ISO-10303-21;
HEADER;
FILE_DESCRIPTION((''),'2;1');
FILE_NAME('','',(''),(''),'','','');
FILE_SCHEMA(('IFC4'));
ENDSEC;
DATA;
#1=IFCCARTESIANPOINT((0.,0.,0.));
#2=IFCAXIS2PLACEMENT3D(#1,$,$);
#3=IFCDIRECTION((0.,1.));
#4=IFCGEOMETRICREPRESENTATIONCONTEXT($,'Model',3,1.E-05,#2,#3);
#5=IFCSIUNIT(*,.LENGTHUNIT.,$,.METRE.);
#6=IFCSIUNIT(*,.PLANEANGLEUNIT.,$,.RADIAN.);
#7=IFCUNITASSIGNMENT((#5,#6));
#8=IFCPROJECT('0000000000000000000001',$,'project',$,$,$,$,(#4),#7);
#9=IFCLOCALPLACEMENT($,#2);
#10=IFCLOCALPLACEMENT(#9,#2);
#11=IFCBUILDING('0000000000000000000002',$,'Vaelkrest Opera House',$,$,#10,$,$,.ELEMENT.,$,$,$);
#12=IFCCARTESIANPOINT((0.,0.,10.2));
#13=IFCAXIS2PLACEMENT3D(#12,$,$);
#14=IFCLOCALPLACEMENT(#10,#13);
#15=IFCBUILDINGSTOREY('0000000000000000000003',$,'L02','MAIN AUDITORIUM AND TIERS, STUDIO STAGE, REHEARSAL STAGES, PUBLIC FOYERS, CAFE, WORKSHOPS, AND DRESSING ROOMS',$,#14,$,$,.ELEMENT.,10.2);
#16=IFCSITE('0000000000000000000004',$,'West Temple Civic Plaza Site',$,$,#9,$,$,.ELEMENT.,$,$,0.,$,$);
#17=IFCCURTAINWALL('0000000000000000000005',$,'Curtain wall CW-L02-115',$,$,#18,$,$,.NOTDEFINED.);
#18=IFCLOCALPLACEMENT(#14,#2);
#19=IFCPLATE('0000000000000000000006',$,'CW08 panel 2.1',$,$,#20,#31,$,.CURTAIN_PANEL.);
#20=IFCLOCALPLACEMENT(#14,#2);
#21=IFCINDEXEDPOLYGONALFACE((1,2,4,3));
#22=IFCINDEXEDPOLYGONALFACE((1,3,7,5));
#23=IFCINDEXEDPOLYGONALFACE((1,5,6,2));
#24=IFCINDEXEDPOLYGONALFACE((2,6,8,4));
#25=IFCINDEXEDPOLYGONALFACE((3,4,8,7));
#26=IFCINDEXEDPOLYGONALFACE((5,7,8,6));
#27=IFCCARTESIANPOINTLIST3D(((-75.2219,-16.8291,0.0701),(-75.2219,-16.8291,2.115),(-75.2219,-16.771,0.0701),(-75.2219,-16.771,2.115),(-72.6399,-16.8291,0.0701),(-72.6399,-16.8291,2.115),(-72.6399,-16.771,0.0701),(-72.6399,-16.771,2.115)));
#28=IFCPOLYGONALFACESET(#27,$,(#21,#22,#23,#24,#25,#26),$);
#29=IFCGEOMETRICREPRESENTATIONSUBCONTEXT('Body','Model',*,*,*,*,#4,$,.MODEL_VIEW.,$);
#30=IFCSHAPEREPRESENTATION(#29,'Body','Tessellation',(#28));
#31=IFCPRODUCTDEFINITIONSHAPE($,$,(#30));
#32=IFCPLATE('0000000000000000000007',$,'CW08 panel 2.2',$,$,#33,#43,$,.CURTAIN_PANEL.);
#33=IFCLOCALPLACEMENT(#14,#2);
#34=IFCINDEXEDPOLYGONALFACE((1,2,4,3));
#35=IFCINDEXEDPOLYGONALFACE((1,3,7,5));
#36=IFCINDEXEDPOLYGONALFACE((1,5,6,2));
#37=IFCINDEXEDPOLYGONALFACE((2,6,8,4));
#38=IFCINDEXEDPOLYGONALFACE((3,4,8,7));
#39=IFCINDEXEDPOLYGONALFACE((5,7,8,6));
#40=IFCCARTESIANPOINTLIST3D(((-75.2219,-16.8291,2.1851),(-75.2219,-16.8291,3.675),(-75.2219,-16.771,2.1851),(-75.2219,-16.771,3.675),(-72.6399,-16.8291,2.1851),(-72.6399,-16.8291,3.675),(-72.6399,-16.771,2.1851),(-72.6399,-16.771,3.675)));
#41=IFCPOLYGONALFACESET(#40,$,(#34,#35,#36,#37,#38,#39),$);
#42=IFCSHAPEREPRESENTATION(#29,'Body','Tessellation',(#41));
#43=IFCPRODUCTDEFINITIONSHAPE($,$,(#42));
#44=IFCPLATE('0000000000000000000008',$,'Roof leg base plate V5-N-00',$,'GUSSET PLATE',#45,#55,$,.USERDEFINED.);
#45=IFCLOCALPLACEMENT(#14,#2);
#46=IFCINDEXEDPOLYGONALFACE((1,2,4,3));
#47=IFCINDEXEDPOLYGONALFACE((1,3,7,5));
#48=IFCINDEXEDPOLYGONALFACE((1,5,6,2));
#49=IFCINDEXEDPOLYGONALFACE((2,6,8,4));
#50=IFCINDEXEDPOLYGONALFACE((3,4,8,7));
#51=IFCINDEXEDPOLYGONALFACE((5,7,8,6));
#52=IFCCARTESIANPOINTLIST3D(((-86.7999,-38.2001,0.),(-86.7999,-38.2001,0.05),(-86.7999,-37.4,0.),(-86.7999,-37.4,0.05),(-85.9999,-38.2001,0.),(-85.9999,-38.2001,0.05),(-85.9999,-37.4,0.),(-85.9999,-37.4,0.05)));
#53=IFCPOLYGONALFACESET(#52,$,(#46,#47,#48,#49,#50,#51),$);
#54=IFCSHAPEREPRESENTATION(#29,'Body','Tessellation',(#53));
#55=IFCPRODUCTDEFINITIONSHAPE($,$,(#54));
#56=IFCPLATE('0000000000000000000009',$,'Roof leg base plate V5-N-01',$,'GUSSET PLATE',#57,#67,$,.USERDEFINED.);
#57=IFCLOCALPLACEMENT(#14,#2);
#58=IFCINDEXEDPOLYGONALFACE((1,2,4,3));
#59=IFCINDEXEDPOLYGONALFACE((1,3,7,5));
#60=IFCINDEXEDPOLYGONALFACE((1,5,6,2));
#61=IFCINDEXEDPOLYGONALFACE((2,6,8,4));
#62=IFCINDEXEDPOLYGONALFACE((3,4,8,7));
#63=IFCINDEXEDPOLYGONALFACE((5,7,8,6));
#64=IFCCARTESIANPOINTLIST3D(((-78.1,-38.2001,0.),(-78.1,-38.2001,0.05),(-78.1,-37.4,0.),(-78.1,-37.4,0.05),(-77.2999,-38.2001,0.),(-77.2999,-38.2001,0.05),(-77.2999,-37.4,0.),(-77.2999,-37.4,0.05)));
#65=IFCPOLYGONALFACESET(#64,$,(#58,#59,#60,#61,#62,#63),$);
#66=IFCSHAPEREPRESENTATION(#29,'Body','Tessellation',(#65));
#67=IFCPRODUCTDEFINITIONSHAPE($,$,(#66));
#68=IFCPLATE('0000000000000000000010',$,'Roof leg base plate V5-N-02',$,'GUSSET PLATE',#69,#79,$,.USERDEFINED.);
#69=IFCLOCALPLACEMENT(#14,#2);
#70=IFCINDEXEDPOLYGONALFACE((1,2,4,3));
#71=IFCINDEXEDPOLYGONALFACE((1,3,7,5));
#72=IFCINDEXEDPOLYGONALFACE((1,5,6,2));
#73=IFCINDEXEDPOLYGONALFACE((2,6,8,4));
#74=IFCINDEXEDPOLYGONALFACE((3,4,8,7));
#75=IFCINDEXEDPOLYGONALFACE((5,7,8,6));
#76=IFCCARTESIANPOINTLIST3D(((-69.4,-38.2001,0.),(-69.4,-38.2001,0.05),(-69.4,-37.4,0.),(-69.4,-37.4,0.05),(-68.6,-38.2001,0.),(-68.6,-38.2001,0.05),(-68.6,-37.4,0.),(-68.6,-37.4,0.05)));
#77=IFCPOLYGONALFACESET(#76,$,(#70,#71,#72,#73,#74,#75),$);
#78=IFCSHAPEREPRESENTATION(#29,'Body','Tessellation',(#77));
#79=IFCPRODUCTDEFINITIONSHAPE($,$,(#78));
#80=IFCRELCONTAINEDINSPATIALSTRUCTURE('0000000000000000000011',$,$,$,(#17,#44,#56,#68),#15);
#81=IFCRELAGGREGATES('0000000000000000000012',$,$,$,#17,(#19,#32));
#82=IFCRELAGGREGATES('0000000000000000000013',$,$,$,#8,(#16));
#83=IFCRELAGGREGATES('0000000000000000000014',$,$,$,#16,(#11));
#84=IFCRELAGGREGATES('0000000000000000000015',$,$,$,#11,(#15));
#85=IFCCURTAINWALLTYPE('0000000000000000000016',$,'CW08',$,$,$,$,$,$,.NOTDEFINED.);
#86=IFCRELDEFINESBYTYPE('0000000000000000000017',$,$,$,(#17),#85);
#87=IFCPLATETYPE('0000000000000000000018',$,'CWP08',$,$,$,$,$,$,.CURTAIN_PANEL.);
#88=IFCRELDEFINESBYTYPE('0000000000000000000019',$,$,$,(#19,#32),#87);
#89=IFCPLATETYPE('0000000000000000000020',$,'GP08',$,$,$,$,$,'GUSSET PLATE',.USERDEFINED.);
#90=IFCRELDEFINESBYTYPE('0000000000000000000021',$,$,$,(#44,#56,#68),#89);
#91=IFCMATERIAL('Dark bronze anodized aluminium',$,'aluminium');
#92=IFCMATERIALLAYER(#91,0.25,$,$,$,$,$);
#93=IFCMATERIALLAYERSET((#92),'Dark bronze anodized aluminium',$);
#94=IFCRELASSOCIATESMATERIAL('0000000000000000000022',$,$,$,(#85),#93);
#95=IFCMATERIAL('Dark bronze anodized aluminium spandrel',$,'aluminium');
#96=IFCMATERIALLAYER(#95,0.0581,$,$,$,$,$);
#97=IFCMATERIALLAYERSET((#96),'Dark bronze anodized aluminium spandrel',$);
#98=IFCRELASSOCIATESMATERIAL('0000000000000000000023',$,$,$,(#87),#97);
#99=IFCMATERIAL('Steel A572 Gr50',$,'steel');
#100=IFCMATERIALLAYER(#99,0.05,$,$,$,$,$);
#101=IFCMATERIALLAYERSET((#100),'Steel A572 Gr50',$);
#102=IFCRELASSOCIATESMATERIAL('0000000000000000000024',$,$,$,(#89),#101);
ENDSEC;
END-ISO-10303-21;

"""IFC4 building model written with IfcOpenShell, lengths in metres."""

from ifc_helpers import new_model, si_unit, direction, frame, origin, origin_2d, place, context, subcontext, project, spatial, rectangle, extrude, material, layer, layer_set, type_object, element, aggregate, save


model = new_model("IFC4")

# Units and contexts
model_context = context("Model", 3, precision=1e-05, world=origin(), true_north=direction((0.0, 1.0)))
body_context = subcontext(model_context, "Body", "Model", "MODEL_VIEW")
ifc_project = project(units=[si_unit("LENGTHUNIT", "METRE"), si_unit("PLANEANGLEUNIT", "RADIAN")], contexts=[model_context])

# Site, building, storey
site_placement = place(None, origin())
site = spatial("IfcSite", under=ifc_project, at=site_placement, Name="West Temple Civic Plaza Site", CompositionType="ELEMENT", RefElevation=0.0)
building_placement = place(site_placement, origin())
building = spatial("IfcBuilding", under=site, at=building_placement, Name="Vaelkrest Opera House", CompositionType="ELEMENT")
storey_placement = place(building_placement, frame((0.0, 0.0, 10.2)))
storey = spatial("IfcBuildingStorey", under=building, at=storey_placement, Name="L02", Description="MAIN AUDITORIUM AND TIERS, STUDIO STAGE, REHEARSAL STAGES, PUBLIC FOYERS, CAFE, WORKSHOPS, AND DRESSING ROOMS", CompositionType="ELEMENT", Elevation=10.2)

# Curtain wall
ifc_material_1 = material(Name="Dark bronze anodized aluminium", Category="aluminium")
ifc_layer_1 = layer(ifc_material_1, 0.25)
ifc_layer_set_1 = layer_set([ifc_layer_1], Name="Dark bronze anodized aluminium")
curtain_wall_type = type_object("IfcCurtainWallType", Name="CW08", PredefinedType="NOTDEFINED", material=ifc_layer_set_1)
curtain_wall_placement = place(storey_placement, origin())
curtain_wall = element("IfcCurtainWall", 1, at=curtain_wall_placement, inside=storey, type_object=curtain_wall_type, Name="Curtain wall CW-L02-115", PredefinedType="NOTDEFINED")

# Plates
ifc_material_2 = material(Name="Dark bronze anodized aluminium spandrel", Category="aluminium")
ifc_layer_2 = layer(ifc_material_2, 0.0581)
ifc_layer_set_2 = layer_set([ifc_layer_2], Name="Dark bronze anodized aluminium spandrel")
plate_type_1 = type_object("IfcPlateType", Name="CWP08", PredefinedType="CURTAIN_PANEL", material=ifc_layer_set_2)
plate_1_placement = place(storey_placement, frame((-73.9309, -16.8, 0.0701), z_axis=(0.0, 0.0, 1.0), x_axis=(-1.0, 0.0, 0.0)))
plate_1 = element("IfcPlate", 2, at=plate_1_placement, type_object=plate_type_1, Name="CW08 panel 2.1", PredefinedType="CURTAIN_PANEL", context=body_context, shape_type="SweptSolid", body=[
    extrude(rectangle(XDim=2.582, YDim=0.0581, at=origin_2d()), origin(), (0.0, 0.0, 1.0), 2.0449),
])
plate_2_placement = place(storey_placement, frame((-73.9309, -16.8, 2.1851), z_axis=(0.0, 0.0, 1.0), x_axis=(-1.0, 0.0, 0.0)))
plate_2 = element("IfcPlate", 3, at=plate_2_placement, type_object=plate_type_1, Name="CW08 panel 2.2", PredefinedType="CURTAIN_PANEL", context=body_context, shape_type="SweptSolid", body=[
    extrude(rectangle(XDim=2.582, YDim=0.0581, at=origin_2d()), origin(), (0.0, 0.0, 1.0), 1.49),
])
aggregate(curtain_wall, [plate_1, plate_2])

# Plates
ifc_material_3 = material(Name="Steel A572 Gr50", Category="steel")
ifc_layer_3 = layer(ifc_material_3, 0.05)
ifc_layer_set_3 = layer_set([ifc_layer_3], Name="Steel A572 Gr50")
plate_type_2 = type_object("IfcPlateType", Name="GP08", ElementType="GUSSET PLATE", PredefinedType="USERDEFINED", material=ifc_layer_set_3)
for number, where, z_axis, x_axis, name in (
    (4, (-86.3999, -37.8, 0.0), (0.0, 0.0, 1.0), (1.0, 0.0, 0.0), "Roof leg base plate V5-N-00"),
    (5, (-77.7, -37.8, 0.0), (0.0, 0.0, 1.0), (1.0, 0.0, 0.0), "Roof leg base plate V5-N-01"),
    (6, (-69.0, -37.8, 0.0), (0.0, 0.0, 1.0), (1.0, 0.0, 0.0), "Roof leg base plate V5-N-02"),
):
    element("IfcPlate", number, at=place(storey_placement, frame(where, z_axis=z_axis, x_axis=x_axis)), inside=storey, type_object=plate_type_2, Name=name, ObjectType="GUSSET PLATE", PredefinedType="USERDEFINED", context=body_context, shape_type="SweptSolid", body=[
        extrude(rectangle(XDim=0.8, YDim=0.8, at=origin_2d()), origin(), (0.0, 0.0, 1.0), 0.05),
    ])

save(model, "model.ifc")
